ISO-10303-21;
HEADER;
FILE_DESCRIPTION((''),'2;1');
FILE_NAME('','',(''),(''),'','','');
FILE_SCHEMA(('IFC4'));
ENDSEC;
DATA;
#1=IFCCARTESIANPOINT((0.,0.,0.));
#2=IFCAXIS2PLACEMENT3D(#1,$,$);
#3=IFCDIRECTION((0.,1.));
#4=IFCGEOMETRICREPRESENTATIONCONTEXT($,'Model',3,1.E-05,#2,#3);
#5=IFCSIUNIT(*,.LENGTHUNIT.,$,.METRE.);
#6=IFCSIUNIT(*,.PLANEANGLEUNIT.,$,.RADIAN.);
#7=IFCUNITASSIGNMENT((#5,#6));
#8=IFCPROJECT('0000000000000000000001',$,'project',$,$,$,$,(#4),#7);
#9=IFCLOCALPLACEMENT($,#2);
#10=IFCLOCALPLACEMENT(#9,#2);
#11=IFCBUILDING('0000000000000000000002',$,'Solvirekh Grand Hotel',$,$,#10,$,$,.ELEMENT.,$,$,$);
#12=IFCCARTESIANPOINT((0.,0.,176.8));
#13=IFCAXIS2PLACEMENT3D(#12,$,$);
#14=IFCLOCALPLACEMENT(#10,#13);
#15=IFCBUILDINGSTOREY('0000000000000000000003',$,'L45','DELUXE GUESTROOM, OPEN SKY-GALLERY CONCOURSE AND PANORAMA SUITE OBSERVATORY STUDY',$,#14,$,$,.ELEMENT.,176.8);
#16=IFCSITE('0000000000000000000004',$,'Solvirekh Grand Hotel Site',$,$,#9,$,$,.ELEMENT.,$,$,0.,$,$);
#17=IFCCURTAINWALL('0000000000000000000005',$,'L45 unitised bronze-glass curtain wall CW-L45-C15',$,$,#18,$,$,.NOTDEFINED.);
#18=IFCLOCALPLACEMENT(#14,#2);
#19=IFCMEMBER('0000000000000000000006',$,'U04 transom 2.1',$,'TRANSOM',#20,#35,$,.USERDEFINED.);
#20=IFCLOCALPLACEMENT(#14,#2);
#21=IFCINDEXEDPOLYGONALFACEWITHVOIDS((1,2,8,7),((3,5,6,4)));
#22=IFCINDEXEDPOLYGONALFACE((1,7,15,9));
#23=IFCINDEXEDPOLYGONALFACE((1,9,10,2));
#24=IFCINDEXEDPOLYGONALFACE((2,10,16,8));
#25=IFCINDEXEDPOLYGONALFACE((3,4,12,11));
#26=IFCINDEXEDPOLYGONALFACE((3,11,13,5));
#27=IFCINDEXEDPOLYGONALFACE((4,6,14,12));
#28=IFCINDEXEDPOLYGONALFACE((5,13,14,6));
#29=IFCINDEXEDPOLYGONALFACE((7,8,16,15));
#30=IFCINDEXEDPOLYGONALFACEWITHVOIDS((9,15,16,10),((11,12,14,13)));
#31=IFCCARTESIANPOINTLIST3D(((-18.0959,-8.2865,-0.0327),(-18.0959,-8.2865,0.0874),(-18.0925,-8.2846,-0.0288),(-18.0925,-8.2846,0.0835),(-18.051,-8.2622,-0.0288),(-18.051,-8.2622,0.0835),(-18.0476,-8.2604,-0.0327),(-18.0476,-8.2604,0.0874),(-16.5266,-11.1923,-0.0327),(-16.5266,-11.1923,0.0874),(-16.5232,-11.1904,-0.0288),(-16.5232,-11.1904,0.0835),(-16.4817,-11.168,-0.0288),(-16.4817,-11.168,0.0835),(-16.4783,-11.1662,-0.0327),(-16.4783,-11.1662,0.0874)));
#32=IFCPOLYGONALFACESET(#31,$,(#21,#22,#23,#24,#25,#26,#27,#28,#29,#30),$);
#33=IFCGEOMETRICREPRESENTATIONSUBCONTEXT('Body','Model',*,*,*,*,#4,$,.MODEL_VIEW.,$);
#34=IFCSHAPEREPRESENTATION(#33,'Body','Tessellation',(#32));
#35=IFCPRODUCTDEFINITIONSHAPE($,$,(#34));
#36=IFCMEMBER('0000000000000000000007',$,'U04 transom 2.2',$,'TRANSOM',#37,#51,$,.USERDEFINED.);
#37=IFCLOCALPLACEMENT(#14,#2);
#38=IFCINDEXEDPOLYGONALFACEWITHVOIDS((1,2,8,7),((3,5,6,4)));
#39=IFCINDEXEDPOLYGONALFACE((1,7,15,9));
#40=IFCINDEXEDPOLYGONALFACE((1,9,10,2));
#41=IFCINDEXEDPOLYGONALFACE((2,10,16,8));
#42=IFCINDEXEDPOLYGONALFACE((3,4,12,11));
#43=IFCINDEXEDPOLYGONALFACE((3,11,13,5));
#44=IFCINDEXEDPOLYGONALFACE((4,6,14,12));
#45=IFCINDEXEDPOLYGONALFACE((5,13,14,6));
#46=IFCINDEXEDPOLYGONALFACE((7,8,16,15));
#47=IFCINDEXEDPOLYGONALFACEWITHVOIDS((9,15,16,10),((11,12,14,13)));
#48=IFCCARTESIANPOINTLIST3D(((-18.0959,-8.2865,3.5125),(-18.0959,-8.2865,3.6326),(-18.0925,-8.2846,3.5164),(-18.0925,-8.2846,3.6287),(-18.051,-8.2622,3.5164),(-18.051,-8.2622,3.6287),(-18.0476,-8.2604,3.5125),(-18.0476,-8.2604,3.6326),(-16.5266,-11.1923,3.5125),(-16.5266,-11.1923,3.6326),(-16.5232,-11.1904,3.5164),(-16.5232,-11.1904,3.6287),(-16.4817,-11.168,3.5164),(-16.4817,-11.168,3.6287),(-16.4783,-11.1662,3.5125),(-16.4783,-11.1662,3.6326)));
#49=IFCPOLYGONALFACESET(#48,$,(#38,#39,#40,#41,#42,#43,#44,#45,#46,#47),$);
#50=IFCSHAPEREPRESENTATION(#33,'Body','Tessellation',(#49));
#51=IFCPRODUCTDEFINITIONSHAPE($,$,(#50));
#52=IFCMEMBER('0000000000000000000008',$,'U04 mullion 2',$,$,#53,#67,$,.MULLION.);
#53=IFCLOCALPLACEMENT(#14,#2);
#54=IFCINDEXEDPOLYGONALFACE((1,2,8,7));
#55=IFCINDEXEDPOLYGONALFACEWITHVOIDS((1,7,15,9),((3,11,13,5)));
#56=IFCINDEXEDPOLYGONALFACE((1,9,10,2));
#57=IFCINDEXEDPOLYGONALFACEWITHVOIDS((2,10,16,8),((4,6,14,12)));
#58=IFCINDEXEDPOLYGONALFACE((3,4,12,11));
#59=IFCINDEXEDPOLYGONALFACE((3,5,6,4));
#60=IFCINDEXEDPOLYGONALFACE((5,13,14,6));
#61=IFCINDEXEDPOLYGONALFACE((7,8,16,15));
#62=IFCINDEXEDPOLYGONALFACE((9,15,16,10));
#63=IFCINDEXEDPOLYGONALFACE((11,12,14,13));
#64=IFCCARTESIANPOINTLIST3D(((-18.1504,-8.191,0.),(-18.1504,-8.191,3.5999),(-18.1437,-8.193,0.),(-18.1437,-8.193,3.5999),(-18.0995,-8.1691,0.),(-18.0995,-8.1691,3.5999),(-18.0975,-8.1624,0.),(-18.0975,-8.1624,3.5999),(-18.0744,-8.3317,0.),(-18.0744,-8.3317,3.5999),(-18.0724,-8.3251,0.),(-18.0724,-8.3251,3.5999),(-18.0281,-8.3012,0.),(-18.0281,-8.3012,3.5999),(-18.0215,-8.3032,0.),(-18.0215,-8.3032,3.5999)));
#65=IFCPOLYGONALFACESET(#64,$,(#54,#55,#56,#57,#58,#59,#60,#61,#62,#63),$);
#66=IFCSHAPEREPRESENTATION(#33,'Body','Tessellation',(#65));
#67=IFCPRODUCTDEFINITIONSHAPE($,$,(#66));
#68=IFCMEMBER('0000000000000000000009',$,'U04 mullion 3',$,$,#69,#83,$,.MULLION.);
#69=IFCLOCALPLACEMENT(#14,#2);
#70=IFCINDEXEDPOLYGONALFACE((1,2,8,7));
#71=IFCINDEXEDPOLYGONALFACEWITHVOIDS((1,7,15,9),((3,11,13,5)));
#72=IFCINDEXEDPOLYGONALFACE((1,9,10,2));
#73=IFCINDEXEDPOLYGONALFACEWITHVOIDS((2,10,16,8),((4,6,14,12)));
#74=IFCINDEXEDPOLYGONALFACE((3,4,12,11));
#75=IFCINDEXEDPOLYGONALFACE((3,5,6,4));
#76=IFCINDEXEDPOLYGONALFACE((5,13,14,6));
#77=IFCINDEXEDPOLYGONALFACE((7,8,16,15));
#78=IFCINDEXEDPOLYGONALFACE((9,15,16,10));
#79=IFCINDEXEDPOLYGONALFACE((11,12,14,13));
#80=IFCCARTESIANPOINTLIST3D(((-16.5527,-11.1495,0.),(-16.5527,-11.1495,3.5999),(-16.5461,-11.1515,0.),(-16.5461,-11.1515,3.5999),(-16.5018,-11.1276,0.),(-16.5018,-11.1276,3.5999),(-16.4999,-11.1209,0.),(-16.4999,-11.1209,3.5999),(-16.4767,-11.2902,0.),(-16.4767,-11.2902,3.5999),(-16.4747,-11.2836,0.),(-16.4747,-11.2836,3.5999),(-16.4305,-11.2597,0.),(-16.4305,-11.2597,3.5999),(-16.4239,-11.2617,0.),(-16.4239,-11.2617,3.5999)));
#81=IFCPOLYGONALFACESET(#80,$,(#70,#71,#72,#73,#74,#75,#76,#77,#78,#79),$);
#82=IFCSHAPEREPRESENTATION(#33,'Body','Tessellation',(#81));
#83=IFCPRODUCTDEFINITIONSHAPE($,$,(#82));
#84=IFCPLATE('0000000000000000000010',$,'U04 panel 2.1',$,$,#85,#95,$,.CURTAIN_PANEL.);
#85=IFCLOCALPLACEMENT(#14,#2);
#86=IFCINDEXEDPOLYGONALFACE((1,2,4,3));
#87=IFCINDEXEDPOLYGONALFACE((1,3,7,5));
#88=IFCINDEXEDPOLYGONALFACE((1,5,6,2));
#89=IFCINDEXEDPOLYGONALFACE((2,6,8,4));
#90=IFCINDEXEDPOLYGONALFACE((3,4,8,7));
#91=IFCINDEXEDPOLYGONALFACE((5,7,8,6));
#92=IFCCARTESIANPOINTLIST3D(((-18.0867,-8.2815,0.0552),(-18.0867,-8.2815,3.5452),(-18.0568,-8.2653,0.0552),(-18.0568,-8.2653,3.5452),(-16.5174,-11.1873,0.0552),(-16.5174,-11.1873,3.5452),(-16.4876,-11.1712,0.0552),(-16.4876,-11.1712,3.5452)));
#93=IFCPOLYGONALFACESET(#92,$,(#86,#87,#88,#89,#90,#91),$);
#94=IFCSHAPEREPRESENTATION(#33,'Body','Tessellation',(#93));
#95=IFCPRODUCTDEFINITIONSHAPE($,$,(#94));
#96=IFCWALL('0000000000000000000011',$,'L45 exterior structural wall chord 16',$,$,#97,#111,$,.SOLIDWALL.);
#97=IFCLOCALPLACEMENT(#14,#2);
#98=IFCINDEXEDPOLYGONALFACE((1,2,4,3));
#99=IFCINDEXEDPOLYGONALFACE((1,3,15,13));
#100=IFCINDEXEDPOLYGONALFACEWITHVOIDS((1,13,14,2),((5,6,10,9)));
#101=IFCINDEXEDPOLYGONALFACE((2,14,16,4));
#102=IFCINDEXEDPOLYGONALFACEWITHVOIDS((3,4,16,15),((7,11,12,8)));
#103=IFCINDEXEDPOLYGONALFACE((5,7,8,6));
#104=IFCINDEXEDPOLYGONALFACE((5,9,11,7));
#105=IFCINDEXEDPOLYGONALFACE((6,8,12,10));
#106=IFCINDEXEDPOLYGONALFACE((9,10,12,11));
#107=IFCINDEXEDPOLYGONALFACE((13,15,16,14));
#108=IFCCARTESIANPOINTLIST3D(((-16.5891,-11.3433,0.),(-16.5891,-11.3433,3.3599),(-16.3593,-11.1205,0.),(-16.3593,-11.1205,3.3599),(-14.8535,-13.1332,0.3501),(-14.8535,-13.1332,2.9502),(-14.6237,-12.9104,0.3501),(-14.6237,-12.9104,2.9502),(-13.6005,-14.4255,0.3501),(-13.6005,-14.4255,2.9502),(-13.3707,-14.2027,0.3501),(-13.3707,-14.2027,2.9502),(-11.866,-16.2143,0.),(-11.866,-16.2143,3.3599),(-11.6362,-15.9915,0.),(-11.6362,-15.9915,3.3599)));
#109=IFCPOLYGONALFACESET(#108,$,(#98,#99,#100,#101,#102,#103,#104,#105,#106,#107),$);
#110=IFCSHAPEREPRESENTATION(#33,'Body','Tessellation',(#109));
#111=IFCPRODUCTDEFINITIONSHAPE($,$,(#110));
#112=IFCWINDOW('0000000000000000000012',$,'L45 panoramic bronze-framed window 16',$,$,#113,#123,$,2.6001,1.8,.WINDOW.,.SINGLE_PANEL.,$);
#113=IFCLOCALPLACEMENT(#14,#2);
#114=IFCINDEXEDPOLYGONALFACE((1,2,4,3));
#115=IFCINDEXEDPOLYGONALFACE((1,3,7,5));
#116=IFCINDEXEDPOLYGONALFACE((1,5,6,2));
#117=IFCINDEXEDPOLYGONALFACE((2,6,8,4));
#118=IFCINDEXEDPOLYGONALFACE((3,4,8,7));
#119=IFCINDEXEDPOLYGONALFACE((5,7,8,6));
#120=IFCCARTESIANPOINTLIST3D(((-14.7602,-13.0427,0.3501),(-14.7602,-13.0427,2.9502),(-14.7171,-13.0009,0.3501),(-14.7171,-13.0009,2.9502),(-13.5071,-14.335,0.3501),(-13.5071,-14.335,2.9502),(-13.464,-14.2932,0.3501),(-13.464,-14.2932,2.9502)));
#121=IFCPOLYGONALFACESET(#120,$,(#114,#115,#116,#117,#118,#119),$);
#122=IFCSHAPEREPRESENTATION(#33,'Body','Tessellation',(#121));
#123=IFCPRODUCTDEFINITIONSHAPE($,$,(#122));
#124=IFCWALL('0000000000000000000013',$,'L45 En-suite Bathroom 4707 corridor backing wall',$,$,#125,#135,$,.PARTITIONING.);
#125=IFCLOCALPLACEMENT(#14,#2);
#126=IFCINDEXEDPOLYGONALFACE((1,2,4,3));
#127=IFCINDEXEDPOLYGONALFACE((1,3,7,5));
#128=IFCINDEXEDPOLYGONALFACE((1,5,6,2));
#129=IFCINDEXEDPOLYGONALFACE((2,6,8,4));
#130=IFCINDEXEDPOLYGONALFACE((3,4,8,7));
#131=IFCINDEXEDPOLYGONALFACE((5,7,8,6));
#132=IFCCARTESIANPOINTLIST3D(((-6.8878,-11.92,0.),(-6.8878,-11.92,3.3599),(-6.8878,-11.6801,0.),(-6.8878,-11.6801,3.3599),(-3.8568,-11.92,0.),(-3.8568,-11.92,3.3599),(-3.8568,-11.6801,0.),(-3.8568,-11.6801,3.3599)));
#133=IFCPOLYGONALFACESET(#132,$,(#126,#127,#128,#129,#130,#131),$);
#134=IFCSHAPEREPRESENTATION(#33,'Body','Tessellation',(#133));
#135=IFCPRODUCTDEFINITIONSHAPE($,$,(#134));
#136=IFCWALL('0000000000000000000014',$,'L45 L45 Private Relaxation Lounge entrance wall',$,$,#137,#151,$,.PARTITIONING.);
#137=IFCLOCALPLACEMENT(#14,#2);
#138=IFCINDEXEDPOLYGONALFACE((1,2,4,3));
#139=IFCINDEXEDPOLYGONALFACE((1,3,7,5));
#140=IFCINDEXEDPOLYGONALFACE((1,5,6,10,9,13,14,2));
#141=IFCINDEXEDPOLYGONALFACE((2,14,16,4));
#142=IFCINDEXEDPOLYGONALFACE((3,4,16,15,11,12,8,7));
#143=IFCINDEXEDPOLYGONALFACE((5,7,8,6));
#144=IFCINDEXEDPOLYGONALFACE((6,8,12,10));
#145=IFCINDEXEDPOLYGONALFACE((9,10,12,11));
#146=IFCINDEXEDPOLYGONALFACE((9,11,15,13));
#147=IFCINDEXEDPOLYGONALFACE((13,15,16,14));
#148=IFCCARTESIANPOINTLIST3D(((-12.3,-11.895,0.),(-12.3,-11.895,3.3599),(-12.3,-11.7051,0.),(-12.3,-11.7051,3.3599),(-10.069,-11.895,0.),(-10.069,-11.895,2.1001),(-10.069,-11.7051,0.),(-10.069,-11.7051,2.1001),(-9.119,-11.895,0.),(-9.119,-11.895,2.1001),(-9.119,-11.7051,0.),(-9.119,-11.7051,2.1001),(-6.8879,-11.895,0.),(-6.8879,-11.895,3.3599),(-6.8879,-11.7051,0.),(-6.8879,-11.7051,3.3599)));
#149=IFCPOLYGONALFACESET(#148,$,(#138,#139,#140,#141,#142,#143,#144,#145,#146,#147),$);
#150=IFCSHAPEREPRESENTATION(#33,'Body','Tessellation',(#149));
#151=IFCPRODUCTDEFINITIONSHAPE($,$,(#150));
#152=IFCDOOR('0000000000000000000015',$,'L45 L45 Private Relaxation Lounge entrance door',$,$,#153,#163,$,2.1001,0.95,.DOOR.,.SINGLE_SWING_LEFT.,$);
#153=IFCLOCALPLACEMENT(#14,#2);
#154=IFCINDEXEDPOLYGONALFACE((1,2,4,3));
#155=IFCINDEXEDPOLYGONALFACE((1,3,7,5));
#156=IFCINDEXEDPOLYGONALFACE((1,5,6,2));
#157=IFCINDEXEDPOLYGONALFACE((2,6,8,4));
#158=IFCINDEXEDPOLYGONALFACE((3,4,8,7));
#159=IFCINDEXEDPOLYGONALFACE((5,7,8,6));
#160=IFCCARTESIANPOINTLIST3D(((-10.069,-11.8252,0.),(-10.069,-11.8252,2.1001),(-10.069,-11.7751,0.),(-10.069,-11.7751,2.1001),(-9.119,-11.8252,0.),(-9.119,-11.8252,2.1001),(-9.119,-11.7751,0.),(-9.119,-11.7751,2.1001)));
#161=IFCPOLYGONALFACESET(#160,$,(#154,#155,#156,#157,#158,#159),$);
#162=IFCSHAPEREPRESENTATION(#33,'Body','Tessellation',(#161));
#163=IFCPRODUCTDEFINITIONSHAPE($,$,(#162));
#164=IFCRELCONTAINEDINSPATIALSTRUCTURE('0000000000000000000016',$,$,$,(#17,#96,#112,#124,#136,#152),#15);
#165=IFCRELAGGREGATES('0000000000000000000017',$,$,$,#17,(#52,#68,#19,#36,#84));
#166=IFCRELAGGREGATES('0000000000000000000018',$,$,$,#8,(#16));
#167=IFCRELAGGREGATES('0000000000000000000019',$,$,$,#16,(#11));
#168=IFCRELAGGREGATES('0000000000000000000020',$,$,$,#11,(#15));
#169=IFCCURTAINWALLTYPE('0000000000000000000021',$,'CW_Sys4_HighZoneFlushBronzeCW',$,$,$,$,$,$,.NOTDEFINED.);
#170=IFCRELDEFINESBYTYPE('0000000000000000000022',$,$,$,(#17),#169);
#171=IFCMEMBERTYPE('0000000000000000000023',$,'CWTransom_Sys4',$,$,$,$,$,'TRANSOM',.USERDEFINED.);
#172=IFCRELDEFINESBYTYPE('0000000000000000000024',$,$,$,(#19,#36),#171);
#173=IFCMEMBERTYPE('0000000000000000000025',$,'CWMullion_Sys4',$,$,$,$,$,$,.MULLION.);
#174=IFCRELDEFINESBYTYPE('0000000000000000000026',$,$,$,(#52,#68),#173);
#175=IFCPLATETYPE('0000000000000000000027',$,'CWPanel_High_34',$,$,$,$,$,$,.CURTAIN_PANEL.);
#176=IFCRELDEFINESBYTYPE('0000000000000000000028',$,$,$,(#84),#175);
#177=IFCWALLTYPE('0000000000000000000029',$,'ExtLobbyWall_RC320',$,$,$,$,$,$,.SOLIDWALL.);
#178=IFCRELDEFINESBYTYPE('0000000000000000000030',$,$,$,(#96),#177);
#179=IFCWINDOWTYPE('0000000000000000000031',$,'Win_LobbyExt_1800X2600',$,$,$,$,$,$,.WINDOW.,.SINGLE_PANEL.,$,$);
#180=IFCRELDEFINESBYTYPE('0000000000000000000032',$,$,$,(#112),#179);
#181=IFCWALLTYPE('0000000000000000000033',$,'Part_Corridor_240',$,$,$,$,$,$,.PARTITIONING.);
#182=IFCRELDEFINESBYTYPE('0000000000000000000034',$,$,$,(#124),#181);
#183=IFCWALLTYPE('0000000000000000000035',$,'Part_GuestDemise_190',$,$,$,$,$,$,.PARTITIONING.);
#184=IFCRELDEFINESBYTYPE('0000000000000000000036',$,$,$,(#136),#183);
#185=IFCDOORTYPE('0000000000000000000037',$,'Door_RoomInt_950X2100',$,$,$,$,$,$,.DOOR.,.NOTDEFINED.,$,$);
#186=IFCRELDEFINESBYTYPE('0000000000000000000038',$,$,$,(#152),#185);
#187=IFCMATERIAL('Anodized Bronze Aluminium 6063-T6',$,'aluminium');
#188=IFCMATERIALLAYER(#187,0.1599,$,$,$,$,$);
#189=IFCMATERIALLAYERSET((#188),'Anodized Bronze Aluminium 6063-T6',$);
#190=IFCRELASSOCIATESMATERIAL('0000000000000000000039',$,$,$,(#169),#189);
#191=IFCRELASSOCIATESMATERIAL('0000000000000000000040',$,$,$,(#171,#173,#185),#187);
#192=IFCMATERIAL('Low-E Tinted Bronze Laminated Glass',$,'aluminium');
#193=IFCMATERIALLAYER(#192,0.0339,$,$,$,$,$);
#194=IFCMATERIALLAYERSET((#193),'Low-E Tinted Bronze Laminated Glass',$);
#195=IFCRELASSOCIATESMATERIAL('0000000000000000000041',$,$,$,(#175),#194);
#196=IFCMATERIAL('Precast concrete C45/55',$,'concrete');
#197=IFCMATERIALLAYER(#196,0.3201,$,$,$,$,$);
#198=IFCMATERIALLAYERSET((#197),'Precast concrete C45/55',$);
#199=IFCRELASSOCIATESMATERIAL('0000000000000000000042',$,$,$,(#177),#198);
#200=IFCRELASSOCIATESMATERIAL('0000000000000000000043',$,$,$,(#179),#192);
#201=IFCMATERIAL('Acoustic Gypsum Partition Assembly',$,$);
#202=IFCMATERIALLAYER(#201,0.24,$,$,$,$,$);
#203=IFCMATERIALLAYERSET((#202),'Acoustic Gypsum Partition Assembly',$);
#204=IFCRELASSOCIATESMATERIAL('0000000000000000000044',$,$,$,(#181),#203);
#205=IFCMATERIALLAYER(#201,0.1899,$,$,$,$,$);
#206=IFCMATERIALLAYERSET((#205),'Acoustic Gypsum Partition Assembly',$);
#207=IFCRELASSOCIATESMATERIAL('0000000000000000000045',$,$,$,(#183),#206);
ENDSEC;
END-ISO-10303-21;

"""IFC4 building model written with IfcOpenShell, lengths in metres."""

from ifc_helpers import new_model, si_unit, direction, frame, frame_2d, origin, origin_2d, place, context, subcontext, project, spatial, rectangle, hollow_rectangle, extrude, source, transform, mapped, material, layer, layer_set, material_profile, profile_set, type_object, element, fill, aggregate, save


model = new_model("IFC4")

# Units and contexts
model_context = context("Model", 3, precision=1e-05, world=origin(), true_north=direction((0.0, 1.0)))
body_context = subcontext(model_context, "Body", "Model", "MODEL_VIEW")
ifc_project = project(units=[si_unit("LENGTHUNIT", "METRE"), si_unit("PLANEANGLEUNIT", "RADIAN")], contexts=[model_context])

# Site, building, storey
site_placement = place(None, origin())
site = spatial("IfcSite", under=ifc_project, at=site_placement, Name="Solvirekh Grand Hotel Site", CompositionType="ELEMENT", RefElevation=0.0)
building_placement = place(site_placement, origin())
building = spatial("IfcBuilding", under=site, at=building_placement, Name="Solvirekh Grand Hotel", CompositionType="ELEMENT")
storey_placement = place(building_placement, frame((0.0, 0.0, 176.8)))
storey = spatial("IfcBuildingStorey", under=building, at=storey_placement, Name="L45", Description="DELUXE GUESTROOM, OPEN SKY-GALLERY CONCOURSE AND PANORAMA SUITE OBSERVATORY STUDY", CompositionType="ELEMENT", Elevation=176.8)

# Curtain wall, members, plate
ifc_material_1 = material(Name="Anodized Bronze Aluminium 6063-T6", Category="aluminium")
ifc_layer_1 = layer(ifc_material_1, 0.1599)
ifc_layer_set_1 = layer_set([ifc_layer_1], Name="Anodized Bronze Aluminium 6063-T6")
curtain_wall_type = type_object("IfcCurtainWallType", Name="CW_Sys4_HighZoneFlushBronzeCW", PredefinedType="NOTDEFINED", material=ifc_layer_set_1)
curtain_wall_placement = place(storey_placement, origin())
curtain_wall = element("IfcCurtainWall", 1, at=curtain_wall_placement, inside=storey, type_object=curtain_wall_type, Name="L45 unitised bronze-glass curtain wall CW-L45-C15", PredefinedType="NOTDEFINED")
ifc_material_profile_1 = material_profile(ifc_material_1, hollow_rectangle(XDim=0.0549, YDim=0.1201, WallThickness=0.0039, at=origin_2d()), Name="ALU RHS 120X55X4")
ifc_profile_set_1 = profile_set([ifc_material_profile_1], Name="Anodized Bronze Aluminium 6063-T6")
member_type_1 = type_object("IfcMemberType", Name="CWTransom_Sys4", ElementType="TRANSOM", PredefinedType="USERDEFINED", material=ifc_profile_set_1)
shared_shape_1 = source(origin(), body_context, "Body", "SweptSolid", [
    extrude(hollow_rectangle(XDim=0.0549, YDim=0.1201, WallThickness=0.0039, at=origin_2d()), origin(), (0.0, 0.0, 1.0), 3.3025),
])
member_1_placement = place(storey_placement, frame((-18.0718, -8.2734, 0.0273), z_axis=(0.475202, -0.879877, 0.0), x_axis=(0.879877, 0.475202, 0.0)))
member_1 = element("IfcMember", 2, at=member_1_placement, type_object=member_type_1, Name="U04 transom 2.1", ObjectType="TRANSOM", PredefinedType="USERDEFINED", context=body_context, shape_type="MappedRepresentation", body=[
    mapped(shared_shape_1, transform((0.0, 0.0, 0.0), x_axis=(1.0, 0.0, 0.0), y_axis=(0.0, 1.0, 0.0), z_axis=(0.0, 0.0, 1.0), scale=1.0)),
])
member_2_placement = place(storey_placement, frame((-18.0718, -8.2734, 3.5725), z_axis=(0.475202, -0.879877, 0.0), x_axis=(0.879877, 0.475202, 0.0)))
member_2 = element("IfcMember", 3, at=member_2_placement, type_object=member_type_1, Name="U04 transom 2.2", ObjectType="TRANSOM", PredefinedType="USERDEFINED", context=body_context, shape_type="MappedRepresentation", body=[
    mapped(shared_shape_1, transform((0.0, 0.0, 0.0), x_axis=(1.0, 0.0, 0.0), y_axis=(0.0, 1.0, 0.0), z_axis=(0.0, 0.0, 1.0), scale=1.0)),
])
ifc_material_profile_2 = material_profile(ifc_material_1, hollow_rectangle(XDim=0.0601, YDim=0.1599, WallThickness=0.0049, at=origin_2d()), Name="ALU RHS 160X60X5")
ifc_profile_set_2 = profile_set([ifc_material_profile_2], Name="Anodized Bronze Aluminium 6063-T6")
member_type_2 = type_object("IfcMemberType", Name="CWMullion_Sys4", PredefinedType="MULLION", material=ifc_profile_set_2)
shared_shape_2 = source(origin(), body_context, "Body", "SweptSolid", [
    extrude(hollow_rectangle(XDim=0.0601, YDim=0.1599, WallThickness=0.0049, at=origin_2d()), origin(), (0.0, 0.0, 1.0), 3.5999),
])
member_3_placement = place(storey_placement, frame((-18.0859, -8.2471, 0.0), z_axis=(0.0, 0.0, 1.0), x_axis=(0.879893, 0.475172, 0.0)))
member_3 = element("IfcMember", 4, at=member_3_placement, type_object=member_type_2, Name="U04 mullion 2", PredefinedType="MULLION", context=body_context, shape_type="MappedRepresentation", body=[
    mapped(shared_shape_2, transform((0.0, 0.0, 0.0), x_axis=(1.0, 0.0, 0.0), y_axis=(0.0, 1.0, 0.0), z_axis=(0.0, 0.0, 1.0), scale=1.0)),
])
member_4_placement = place(storey_placement, frame((-16.4883, -11.2056, 0.0), z_axis=(0.0, 0.0, 1.0), x_axis=(0.879893, 0.475172, 0.0)))
member_4 = element("IfcMember", 5, at=member_4_placement, type_object=member_type_2, Name="U04 mullion 3", PredefinedType="MULLION", context=body_context, shape_type="MappedRepresentation", body=[
    mapped(shared_shape_2, transform((0.0, 0.0, 0.0), x_axis=(1.0, 0.0, 0.0), y_axis=(0.0, 1.0, 0.0), z_axis=(0.0, 0.0, 1.0), scale=1.0)),
])
ifc_material_2 = material(Name="Low-E Tinted Bronze Laminated Glass", Category="aluminium")
ifc_layer_2 = layer(ifc_material_2, 0.0339)
ifc_layer_set_2 = layer_set([ifc_layer_2], Name="Low-E Tinted Bronze Laminated Glass")
plate_type = type_object("IfcPlateType", Name="CWPanel_High_34", PredefinedType="CURTAIN_PANEL", material=ifc_layer_set_2)
shared_shape_3 = source(origin(), body_context, "Body", "SweptSolid", [
    extrude(rectangle(XDim=3.3025, YDim=0.0339, at=origin_2d()), origin(), (0.0, 0.0, 1.0), 3.49),
])
plate_placement = place(storey_placement, frame((-17.2871, -9.7263, 0.0552), z_axis=(0.0, 0.0, 1.0), x_axis=(0.475172, -0.879893, 0.0)))
plate = element("IfcPlate", 6, at=plate_placement, type_object=plate_type, Name="U04 panel 2.1", PredefinedType="CURTAIN_PANEL", context=body_context, shape_type="MappedRepresentation", body=[
    mapped(shared_shape_3, transform((0.0, 0.0, 0.0), x_axis=(1.0, 0.0, 0.0), y_axis=(0.0, 1.0, 0.0), z_axis=(0.0, 0.0, 1.0), scale=1.0)),
])
aggregate(curtain_wall, [member_3, member_4, member_1, member_2, plate])

# Wall, opening, window
ifc_material_3 = material(Name="Precast concrete C45/55", Category="concrete")
ifc_layer_3 = layer(ifc_material_3, 0.3201)
ifc_layer_set_3 = layer_set([ifc_layer_3], Name="Precast concrete C45/55")
wall_type_1 = type_object("IfcWallType", Name="ExtLobbyWall_RC320", PredefinedType="SOLIDWALL", material=ifc_layer_set_3)
wall_1_placement = place(storey_placement, frame((-11.751, -16.103, 0.0), z_axis=(0.0, 0.0, 1.0), x_axis=(-0.69612, 0.717925, 0.0)))
wall_1 = element("IfcWall", 7, at=wall_1_placement, inside=storey, type_object=wall_type_1, Name="L45 exterior structural wall chord 16", PredefinedType="SOLIDWALL", context=body_context, shape_type="SweptSolid", body=[
    extrude(rectangle(XDim=6.7849, YDim=0.3201, at=frame_2d((3.3926, 0.0))), origin(), (0.0, 0.0, 1.0), 3.3599),
])
opening_1_placement = place(wall_1_placement, frame((2.4919, 0.0, 0.3501)))
opening_1 = element("IfcOpeningElement", 8, at=opening_1_placement, cuts=wall_1, PredefinedType="OPENING", context=body_context, shape_type="SweptSolid", body=[
    extrude(rectangle(XDim=1.8, YDim=2.6001, at=frame_2d((0.8999, 1.3))), frame((0.0, 0.1699, 0.0), z_axis=(0.0, -1.0, 0.0), x_axis=(1.0, 0.0, 0.0)), (0.0, 0.0, 1.0), 0.3401),
])
window_type = type_object("IfcWindowType", Name="Win_LobbyExt_1800X2600", PartitioningType="SINGLE_PANEL", PredefinedType="WINDOW", material=ifc_material_2)
window_placement = place(opening_1_placement, origin())
window = element("IfcWindow", 9, at=window_placement, inside=storey, type_object=window_type, Name="L45 panoramic bronze-framed window 16", OverallHeight=2.6001, OverallWidth=1.8, PartitioningType="SINGLE_PANEL", PredefinedType="WINDOW", context=body_context, shape_type="SweptSolid", body=[
    extrude(rectangle(XDim=1.8, YDim=2.6001, at=frame_2d((0.8999, 1.3))), frame((0.0, 0.03, 0.0), z_axis=(0.0, -1.0, 0.0), x_axis=(1.0, 0.0, 0.0)), (0.0, 0.0, 1.0), 0.0601),
])
fill(opening_1, window)

# Wall
ifc_material_4 = material(Name="Acoustic Gypsum Partition Assembly")
ifc_layer_4 = layer(ifc_material_4, 0.24)
ifc_layer_set_4 = layer_set([ifc_layer_4], Name="Acoustic Gypsum Partition Assembly")
wall_type_2 = type_object("IfcWallType", Name="Part_Corridor_240", PredefinedType="PARTITIONING", material=ifc_layer_set_4)
wall_2_placement = place(storey_placement, frame((-6.8879, -11.8, 0.0), z_axis=(0.0, 0.0, 1.0), x_axis=(1.0, 0.0, 0.0)))
element("IfcWall", 10, at=wall_2_placement, inside=storey, type_object=wall_type_2, Name="L45 En-suite Bathroom 4707 corridor backing wall", PredefinedType="PARTITIONING", context=body_context, shape_type="SweptSolid", body=[
    extrude(rectangle(XDim=3.031, YDim=0.24, at=frame_2d((1.5156, 0.0))), origin(), (0.0, 0.0, 1.0), 3.3599),
])

# Wall, opening, door
ifc_layer_5 = layer(ifc_material_4, 0.1899)
ifc_layer_set_5 = layer_set([ifc_layer_5], Name="Acoustic Gypsum Partition Assembly")
wall_type_3 = type_object("IfcWallType", Name="Part_GuestDemise_190", PredefinedType="PARTITIONING", material=ifc_layer_set_5)
wall_3_placement = place(storey_placement, frame((-12.3, -11.8, 0.0), z_axis=(0.0, 0.0, 1.0), x_axis=(1.0, 0.0, 0.0)))
wall_3 = element("IfcWall", 11, at=wall_3_placement, inside=storey, type_object=wall_type_3, Name="L45 L45 Private Relaxation Lounge entrance wall", PredefinedType="PARTITIONING", context=body_context, shape_type="SweptSolid", body=[
    extrude(rectangle(XDim=5.4121, YDim=0.1899, at=frame_2d((2.7061, 0.0))), origin(), (0.0, 0.0, 1.0), 3.3599),
])
opening_2_placement = place(wall_3_placement, frame((2.231, 0.0, 0.0)))
opening_2 = element("IfcOpeningElement", 12, at=opening_2_placement, cuts=wall_3, PredefinedType="OPENING", context=body_context, shape_type="SweptSolid", body=[
    extrude(rectangle(XDim=0.95, YDim=2.1001, at=frame_2d((0.4751, 1.05))), frame((0.0, 0.105, 0.0), z_axis=(0.0, -1.0, 0.0), x_axis=(1.0, 0.0, 0.0)), (0.0, 0.0, 1.0), 0.21),
])
door_type = type_object("IfcDoorType", Name="Door_RoomInt_950X2100", OperationType="NOTDEFINED", PredefinedType="DOOR", material=ifc_material_1)
door_placement = place(opening_2_placement, origin())
door = element("IfcDoor", 13, at=door_placement, inside=storey, type_object=door_type, Name="L45 L45 Private Relaxation Lounge entrance door", OperationType="SINGLE_SWING_LEFT", OverallHeight=2.1001, OverallWidth=0.95, PredefinedType="DOOR", context=body_context, shape_type="SweptSolid", body=[
    extrude(rectangle(XDim=0.95, YDim=2.1001, at=frame_2d((0.4751, 1.05))), frame((0.0, 0.0249, 0.0), z_axis=(0.0, -1.0, 0.0), x_axis=(1.0, 0.0, 0.0)), (0.0, 0.0, 1.0), 0.05),
])
fill(opening_2, door)

save(model, "model.ifc")
